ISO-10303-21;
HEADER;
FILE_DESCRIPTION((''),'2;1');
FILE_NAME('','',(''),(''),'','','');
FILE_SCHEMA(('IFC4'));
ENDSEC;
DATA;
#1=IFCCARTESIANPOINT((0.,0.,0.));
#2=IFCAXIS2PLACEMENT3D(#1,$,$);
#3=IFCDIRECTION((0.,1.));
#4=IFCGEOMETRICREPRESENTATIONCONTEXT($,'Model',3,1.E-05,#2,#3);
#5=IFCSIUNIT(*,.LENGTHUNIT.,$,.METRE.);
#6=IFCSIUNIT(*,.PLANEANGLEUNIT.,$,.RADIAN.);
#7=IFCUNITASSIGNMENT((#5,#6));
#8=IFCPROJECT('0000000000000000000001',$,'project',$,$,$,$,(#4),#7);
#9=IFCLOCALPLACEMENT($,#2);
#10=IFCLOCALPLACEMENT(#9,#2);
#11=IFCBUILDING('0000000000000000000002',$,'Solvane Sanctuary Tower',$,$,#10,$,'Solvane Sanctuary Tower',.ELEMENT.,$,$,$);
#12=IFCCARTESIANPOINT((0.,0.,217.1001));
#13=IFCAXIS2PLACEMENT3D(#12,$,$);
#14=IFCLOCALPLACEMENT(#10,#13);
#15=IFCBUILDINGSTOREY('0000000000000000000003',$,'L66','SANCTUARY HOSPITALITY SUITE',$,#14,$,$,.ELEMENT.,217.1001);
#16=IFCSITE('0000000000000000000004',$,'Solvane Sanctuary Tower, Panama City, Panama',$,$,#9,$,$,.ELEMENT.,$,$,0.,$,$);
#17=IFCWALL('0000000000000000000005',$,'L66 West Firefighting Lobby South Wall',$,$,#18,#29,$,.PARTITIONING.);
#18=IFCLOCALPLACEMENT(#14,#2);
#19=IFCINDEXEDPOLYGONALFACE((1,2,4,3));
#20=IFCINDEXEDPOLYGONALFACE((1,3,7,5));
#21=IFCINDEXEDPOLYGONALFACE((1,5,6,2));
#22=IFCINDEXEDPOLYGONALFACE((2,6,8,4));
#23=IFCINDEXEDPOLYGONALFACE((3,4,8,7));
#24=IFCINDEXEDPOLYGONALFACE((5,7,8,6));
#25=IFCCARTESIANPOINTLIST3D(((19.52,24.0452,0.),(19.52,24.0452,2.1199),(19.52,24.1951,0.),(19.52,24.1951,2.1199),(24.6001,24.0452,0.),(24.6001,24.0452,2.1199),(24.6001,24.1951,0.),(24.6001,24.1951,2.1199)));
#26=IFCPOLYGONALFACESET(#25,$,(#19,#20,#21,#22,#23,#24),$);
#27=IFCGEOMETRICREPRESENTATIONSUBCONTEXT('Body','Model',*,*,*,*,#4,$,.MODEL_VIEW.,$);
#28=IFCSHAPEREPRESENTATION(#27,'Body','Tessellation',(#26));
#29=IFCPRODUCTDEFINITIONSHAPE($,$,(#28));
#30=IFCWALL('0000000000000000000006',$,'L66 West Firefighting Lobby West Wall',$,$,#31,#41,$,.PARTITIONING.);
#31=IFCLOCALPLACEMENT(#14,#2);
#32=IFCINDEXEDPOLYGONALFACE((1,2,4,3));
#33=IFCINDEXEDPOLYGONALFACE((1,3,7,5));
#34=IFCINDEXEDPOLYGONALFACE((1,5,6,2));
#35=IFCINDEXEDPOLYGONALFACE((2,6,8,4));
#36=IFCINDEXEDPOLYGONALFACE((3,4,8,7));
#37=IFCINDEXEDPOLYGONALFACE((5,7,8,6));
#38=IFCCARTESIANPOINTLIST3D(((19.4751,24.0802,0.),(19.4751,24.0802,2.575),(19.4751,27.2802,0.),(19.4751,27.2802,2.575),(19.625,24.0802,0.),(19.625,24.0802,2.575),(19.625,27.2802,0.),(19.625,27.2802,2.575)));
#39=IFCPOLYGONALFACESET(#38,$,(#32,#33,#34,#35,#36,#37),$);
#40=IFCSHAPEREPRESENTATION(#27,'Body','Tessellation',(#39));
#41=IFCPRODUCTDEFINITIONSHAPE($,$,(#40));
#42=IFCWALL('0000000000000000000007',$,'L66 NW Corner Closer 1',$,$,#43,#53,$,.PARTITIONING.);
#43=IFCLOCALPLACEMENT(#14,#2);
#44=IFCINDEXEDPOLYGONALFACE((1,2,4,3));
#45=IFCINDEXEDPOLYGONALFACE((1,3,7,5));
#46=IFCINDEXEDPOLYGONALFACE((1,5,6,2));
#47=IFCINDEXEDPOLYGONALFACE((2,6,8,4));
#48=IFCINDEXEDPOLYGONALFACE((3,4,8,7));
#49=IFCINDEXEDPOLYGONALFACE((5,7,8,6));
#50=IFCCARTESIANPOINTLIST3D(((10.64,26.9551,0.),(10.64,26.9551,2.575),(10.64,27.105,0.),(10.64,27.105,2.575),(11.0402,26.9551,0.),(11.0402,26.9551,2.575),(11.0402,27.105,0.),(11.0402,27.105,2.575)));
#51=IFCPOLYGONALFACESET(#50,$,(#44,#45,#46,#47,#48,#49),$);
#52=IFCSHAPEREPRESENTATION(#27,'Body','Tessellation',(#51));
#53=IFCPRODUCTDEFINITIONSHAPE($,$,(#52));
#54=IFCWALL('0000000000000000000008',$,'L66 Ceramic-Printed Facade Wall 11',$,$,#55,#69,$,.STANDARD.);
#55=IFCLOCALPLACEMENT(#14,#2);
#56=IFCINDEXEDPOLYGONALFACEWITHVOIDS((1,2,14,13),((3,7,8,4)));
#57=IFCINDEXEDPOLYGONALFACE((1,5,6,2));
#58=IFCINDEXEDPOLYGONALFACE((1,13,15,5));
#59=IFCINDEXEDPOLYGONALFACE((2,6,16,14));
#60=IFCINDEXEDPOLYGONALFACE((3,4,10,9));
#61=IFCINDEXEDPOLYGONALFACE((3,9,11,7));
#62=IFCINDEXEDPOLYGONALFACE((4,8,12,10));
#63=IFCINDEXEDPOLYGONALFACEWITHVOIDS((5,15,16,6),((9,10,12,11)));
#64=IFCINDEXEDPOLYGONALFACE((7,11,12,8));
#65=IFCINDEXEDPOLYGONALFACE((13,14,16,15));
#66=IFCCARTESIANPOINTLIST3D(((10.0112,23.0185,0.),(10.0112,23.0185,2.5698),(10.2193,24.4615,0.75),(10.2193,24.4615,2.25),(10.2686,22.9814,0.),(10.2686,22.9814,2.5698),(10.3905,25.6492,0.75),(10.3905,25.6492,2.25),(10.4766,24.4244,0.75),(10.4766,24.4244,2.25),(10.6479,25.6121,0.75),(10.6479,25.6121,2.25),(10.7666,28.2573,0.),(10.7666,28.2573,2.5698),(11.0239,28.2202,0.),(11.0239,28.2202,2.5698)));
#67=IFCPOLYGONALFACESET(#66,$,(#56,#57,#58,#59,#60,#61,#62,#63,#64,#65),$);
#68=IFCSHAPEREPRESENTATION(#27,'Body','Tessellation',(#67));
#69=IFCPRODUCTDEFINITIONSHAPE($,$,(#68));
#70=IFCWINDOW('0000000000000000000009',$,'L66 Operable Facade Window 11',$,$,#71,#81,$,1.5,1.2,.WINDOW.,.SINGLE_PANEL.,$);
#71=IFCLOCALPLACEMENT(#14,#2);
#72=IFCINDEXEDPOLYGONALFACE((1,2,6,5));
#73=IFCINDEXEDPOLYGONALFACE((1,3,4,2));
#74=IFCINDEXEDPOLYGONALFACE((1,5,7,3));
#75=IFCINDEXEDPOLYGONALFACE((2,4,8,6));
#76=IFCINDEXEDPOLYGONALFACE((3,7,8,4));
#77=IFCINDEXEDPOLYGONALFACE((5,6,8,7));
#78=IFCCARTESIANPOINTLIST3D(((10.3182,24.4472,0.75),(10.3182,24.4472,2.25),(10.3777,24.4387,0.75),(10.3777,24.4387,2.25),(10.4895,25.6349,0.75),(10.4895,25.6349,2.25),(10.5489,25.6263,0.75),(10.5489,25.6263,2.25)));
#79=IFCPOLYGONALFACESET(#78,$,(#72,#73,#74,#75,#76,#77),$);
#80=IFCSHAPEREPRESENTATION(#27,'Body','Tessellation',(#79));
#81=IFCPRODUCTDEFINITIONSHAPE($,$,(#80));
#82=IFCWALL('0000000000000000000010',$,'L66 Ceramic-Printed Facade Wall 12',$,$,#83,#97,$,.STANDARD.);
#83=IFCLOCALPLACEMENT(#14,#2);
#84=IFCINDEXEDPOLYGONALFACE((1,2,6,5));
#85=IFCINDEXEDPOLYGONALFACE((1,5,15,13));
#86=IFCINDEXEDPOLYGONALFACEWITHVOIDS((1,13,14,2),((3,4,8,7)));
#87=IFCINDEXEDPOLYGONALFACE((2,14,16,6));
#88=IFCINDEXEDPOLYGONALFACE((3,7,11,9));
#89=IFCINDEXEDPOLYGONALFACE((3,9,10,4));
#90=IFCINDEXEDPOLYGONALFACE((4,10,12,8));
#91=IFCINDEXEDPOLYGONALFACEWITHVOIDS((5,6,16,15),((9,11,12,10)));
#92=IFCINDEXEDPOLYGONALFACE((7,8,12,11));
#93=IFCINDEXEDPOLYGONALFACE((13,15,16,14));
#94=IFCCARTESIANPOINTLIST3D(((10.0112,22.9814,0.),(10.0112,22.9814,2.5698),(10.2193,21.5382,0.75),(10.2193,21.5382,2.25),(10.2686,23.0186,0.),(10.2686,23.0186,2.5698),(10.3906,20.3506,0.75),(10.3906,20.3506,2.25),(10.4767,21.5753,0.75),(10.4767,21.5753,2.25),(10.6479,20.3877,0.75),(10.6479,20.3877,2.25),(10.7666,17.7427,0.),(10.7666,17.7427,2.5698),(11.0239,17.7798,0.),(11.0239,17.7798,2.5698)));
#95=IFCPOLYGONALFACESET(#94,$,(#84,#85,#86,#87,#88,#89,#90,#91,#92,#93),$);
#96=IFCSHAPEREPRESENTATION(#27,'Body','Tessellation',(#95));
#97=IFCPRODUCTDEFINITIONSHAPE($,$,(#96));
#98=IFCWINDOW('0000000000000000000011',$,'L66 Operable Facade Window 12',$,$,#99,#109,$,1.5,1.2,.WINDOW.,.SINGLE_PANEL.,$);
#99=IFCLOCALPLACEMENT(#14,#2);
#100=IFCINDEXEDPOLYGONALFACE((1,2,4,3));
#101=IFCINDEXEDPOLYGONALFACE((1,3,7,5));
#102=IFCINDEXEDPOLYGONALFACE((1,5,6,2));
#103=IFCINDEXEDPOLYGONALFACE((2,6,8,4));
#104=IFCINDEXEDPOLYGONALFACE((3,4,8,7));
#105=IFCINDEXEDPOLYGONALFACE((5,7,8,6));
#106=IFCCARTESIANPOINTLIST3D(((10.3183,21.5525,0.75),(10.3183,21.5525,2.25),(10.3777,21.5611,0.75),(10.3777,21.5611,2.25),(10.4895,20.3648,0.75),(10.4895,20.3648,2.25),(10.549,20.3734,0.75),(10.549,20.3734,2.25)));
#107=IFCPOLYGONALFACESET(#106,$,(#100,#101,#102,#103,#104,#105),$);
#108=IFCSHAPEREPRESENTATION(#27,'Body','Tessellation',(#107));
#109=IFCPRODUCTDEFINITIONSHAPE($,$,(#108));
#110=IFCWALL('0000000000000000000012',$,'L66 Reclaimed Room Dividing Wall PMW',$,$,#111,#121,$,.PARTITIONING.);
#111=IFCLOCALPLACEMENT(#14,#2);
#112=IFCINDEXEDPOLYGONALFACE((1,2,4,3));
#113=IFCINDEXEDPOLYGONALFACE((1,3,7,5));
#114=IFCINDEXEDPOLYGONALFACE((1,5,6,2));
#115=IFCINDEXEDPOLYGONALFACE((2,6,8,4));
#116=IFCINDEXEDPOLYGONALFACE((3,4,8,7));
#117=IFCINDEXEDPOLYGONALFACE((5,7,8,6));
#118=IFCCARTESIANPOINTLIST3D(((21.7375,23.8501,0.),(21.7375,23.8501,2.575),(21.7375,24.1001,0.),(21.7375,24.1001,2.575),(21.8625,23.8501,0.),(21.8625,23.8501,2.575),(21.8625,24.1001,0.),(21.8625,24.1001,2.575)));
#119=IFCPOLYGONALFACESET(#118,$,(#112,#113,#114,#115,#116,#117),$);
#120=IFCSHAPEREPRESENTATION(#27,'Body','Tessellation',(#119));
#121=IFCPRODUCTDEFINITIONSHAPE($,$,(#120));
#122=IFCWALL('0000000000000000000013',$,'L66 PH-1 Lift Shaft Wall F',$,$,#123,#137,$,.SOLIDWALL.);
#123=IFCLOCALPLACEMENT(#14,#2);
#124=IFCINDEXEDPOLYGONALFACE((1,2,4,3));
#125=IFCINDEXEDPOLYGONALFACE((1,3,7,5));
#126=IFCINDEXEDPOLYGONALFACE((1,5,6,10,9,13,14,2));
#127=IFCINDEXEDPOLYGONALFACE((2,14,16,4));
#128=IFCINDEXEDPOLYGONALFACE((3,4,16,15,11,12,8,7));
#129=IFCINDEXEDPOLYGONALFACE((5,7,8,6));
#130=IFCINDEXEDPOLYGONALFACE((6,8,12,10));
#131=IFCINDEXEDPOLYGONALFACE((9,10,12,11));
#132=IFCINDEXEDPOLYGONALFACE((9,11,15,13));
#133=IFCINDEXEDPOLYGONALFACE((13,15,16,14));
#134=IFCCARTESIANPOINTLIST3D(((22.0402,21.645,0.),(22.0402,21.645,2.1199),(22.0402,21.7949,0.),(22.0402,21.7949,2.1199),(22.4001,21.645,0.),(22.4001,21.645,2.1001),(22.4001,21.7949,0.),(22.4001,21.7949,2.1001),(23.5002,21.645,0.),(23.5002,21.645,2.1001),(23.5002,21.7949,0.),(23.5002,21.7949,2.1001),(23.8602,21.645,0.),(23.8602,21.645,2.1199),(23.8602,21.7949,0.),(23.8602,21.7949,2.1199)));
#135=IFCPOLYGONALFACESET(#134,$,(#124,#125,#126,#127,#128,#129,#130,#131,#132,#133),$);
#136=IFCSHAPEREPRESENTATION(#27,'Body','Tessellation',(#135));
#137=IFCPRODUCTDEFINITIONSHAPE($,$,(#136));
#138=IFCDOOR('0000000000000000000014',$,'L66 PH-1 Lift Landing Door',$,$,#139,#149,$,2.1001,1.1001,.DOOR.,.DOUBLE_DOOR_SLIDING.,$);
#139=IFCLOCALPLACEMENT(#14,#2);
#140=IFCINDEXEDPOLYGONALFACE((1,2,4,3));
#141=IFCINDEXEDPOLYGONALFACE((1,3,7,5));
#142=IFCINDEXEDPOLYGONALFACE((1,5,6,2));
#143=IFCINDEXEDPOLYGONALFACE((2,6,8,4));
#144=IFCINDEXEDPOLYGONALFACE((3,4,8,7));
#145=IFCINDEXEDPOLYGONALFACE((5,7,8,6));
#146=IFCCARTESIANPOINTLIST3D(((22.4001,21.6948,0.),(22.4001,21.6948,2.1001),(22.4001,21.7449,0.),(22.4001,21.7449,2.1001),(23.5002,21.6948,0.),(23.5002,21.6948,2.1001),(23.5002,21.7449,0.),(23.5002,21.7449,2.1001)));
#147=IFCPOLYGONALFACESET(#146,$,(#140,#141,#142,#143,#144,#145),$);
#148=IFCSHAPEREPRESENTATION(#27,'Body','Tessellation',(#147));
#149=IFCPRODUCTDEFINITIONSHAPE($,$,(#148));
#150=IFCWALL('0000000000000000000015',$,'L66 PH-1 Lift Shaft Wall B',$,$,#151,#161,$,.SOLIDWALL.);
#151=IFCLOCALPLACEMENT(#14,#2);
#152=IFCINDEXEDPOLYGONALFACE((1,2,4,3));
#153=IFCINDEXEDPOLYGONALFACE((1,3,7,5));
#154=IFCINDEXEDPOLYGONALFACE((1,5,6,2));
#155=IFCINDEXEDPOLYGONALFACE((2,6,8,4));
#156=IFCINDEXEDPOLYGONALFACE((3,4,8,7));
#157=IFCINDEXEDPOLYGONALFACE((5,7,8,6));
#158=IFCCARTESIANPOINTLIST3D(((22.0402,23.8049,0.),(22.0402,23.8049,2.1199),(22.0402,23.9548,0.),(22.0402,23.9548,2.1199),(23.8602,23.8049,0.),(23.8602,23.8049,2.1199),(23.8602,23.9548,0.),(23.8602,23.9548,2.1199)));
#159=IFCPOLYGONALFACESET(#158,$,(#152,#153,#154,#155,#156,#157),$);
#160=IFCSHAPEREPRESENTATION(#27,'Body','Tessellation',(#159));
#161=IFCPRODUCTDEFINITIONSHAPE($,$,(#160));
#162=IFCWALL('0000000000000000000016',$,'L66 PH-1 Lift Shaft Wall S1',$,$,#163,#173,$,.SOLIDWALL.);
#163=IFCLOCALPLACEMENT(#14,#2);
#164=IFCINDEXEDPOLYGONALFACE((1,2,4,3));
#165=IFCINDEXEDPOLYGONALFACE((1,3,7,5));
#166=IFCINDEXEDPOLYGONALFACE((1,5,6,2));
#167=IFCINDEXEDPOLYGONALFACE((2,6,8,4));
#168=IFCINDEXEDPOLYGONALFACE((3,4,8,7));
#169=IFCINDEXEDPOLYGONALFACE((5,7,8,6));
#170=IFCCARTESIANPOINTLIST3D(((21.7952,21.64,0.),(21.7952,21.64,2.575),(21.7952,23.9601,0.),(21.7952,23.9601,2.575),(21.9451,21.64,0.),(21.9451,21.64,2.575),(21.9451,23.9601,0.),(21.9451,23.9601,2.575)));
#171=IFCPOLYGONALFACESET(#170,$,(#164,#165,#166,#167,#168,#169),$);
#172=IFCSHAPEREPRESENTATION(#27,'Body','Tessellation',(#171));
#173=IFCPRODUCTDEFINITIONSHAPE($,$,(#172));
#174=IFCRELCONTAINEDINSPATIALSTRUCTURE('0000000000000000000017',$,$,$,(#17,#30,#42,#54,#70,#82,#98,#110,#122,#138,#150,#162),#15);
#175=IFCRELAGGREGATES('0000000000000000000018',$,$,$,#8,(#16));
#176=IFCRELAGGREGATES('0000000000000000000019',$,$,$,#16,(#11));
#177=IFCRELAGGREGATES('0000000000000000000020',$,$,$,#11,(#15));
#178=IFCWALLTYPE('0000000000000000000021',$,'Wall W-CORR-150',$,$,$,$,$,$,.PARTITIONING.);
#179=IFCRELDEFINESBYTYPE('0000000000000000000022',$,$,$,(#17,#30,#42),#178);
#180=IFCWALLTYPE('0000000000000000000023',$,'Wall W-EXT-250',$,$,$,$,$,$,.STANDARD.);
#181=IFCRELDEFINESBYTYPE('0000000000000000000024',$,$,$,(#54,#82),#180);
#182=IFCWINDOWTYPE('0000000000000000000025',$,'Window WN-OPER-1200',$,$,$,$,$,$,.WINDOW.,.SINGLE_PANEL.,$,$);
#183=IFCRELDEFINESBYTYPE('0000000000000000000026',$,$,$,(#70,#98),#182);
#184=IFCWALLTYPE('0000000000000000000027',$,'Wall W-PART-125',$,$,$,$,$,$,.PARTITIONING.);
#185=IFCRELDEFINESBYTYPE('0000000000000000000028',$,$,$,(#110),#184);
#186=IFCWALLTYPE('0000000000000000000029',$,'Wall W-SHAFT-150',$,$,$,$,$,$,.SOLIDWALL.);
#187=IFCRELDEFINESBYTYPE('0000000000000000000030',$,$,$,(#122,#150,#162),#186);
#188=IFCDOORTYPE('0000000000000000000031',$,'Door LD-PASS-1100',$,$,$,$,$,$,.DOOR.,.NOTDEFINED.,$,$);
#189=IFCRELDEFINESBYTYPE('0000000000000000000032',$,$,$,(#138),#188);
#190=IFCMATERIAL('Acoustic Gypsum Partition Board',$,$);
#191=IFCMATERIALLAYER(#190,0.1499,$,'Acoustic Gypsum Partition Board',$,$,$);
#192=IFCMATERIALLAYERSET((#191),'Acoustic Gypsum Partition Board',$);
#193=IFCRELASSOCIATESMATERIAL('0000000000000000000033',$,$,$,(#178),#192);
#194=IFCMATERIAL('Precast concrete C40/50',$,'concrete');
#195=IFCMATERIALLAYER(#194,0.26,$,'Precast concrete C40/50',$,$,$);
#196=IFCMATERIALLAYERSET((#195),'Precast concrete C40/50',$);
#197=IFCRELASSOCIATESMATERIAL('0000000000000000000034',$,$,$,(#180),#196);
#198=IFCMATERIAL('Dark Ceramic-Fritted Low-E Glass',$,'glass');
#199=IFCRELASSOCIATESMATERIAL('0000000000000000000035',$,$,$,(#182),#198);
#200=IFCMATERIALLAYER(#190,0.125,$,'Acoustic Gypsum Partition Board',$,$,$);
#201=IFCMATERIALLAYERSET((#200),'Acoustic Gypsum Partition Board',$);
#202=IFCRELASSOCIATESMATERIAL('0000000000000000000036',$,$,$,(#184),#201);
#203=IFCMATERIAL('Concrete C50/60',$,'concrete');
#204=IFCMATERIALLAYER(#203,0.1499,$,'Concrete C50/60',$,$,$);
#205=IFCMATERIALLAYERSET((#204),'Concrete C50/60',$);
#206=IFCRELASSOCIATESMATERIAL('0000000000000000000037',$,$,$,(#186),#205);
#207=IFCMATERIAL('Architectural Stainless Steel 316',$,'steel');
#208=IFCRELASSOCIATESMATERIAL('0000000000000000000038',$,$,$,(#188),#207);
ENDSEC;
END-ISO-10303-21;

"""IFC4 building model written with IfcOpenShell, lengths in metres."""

from ifc_helpers import new_model, si_unit, direction, frame, frame_2d, origin, place, context, subcontext, project, spatial, rectangle, extrude, material, layer, layer_set, type_object, element, fill, save


model = new_model("IFC4")

# Units and contexts
model_context = context("Model", 3, precision=1e-05, world=origin(), true_north=direction((0.0, 1.0)))
body_context = subcontext(model_context, "Body", "Model", "MODEL_VIEW")
ifc_project = project(units=[si_unit("LENGTHUNIT", "METRE"), si_unit("PLANEANGLEUNIT", "RADIAN")], contexts=[model_context])

# Site, building, storey
site_placement = place(None, origin())
site = spatial("IfcSite", under=ifc_project, at=site_placement, Name="Solvane Sanctuary Tower, Panama City, Panama", CompositionType="ELEMENT", RefElevation=0.0)
building_placement = place(site_placement, origin())
building = spatial("IfcBuilding", under=site, at=building_placement, Name="Solvane Sanctuary Tower", LongName="Solvane Sanctuary Tower", CompositionType="ELEMENT")
storey_placement = place(building_placement, frame((0.0, 0.0, 217.1001)))
storey = spatial("IfcBuildingStorey", under=building, at=storey_placement, Name="L66", Description="SANCTUARY HOSPITALITY SUITE", CompositionType="ELEMENT", Elevation=217.1001)

# Walls
ifc_material_1 = material(Name="Acoustic Gypsum Partition Board")
ifc_layer_1 = layer(ifc_material_1, 0.1499, Name="Acoustic Gypsum Partition Board")
ifc_layer_set_1 = layer_set([ifc_layer_1], Name="Acoustic Gypsum Partition Board")
wall_type_1 = type_object("IfcWallType", Name="Wall W-CORR-150", PredefinedType="PARTITIONING", material=ifc_layer_set_1)
wall_1_placement = place(storey_placement, frame((19.52, 24.1201, 0.0), z_axis=(0.0, 0.0, 1.0), x_axis=(1.0, 0.0, 0.0)))
element("IfcWall", 1, at=wall_1_placement, inside=storey, type_object=wall_type_1, Name="L66 West Firefighting Lobby South Wall", PredefinedType="PARTITIONING", context=body_context, shape_type="SweptSolid", body=[
    extrude(rectangle(XDim=5.0801, YDim=0.1499, at=frame_2d((2.54, 0.0))), origin(), (0.0, 0.0, 1.0), 2.1199),
])
wall_2_placement = place(storey_placement, frame((19.55, 24.0801, 0.0), z_axis=(0.0, 0.0, 1.0), x_axis=(0.0, 1.0, 0.0)))
element("IfcWall", 2, at=wall_2_placement, inside=storey, type_object=wall_type_1, Name="L66 West Firefighting Lobby West Wall", PredefinedType="PARTITIONING", context=body_context, shape_type="SweptSolid", body=[
    extrude(rectangle(XDim=3.2, YDim=0.1499, at=frame_2d((1.6001, 0.0))), origin(), (0.0, 0.0, 1.0), 2.575),
])
wall_3_placement = place(storey_placement, frame((10.6399, 27.03, 0.0), z_axis=(0.0, 0.0, 1.0), x_axis=(1.0, 0.0, 0.0)))
element("IfcWall", 3, at=wall_3_placement, inside=storey, type_object=wall_type_1, Name="L66 NW Corner Closer 1", PredefinedType="PARTITIONING", context=body_context, shape_type="SweptSolid", body=[
    extrude(rectangle(XDim=0.4001, YDim=0.1499, at=frame_2d((0.2002, 0.0))), origin(), (0.0, 0.0, 1.0), 2.575),
])

# Walls, openings, windows
ifc_material_2 = material(Name="Precast concrete C40/50", Category="concrete")
ifc_layer_2 = layer(ifc_material_2, 0.26, Name="Precast concrete C40/50")
ifc_layer_set_2 = layer_set([ifc_layer_2], Name="Precast concrete C40/50")
wall_type_2 = type_object("IfcWallType", Name="Wall W-EXT-250", PredefinedType="STANDARD", material=ifc_layer_set_2)
wall_4_placement = place(storey_placement, frame((10.8953, 28.2388, 0.0), z_axis=(0.0, 0.0, 1.0), x_axis=(-0.142713, -0.989764, 0.0)))
wall_4 = element("IfcWall", 4, at=wall_4_placement, inside=storey, type_object=wall_type_2, Name="L66 Ceramic-Printed Facade Wall 11", PredefinedType="STANDARD", context=body_context, shape_type="SweptSolid", body=[
    extrude(rectangle(XDim=5.293, YDim=0.26, at=frame_2d((2.6465, 0.0))), origin(), (0.0, 0.0, 1.0), 2.5698),
])
opening_1_placement = place(wall_4_placement, frame((2.635, 0.0, 0.75)))
opening_1 = element("IfcOpeningElement", 5, at=opening_1_placement, cuts=wall_4, PredefinedType="OPENING", context=body_context, shape_type="SweptSolid", body=[
    extrude(rectangle(XDim=1.2, YDim=1.5, at=frame_2d((0.6001, 0.75))), frame((0.0, 0.1399, 0.0), z_axis=(0.0, -1.0, 0.0), x_axis=(1.0, 0.0, 0.0)), (0.0, 0.0, 1.0), 0.28),
])
ifc_material_3 = material(Name="Dark Ceramic-Fritted Low-E Glass", Category="glass")
window_type = type_object("IfcWindowType", Name="Window WN-OPER-1200", PartitioningType="SINGLE_PANEL", PredefinedType="WINDOW", material=ifc_material_3)
window_1_placement = place(opening_1_placement, origin())
window_1 = element("IfcWindow", 6, at=window_1_placement, inside=storey, type_object=window_type, Name="L66 Operable Facade Window 11", OverallHeight=1.5, OverallWidth=1.2, PartitioningType="SINGLE_PANEL", PredefinedType="WINDOW", context=body_context, shape_type="SweptSolid", body=[
    extrude(rectangle(XDim=1.2, YDim=1.5, at=frame_2d((0.6001, 0.75))), frame((0.0, 0.03, 0.0), z_axis=(0.0, -1.0, 0.0), x_axis=(1.0, 0.0, 0.0)), (0.0, 0.0, 1.0), 0.0601),
])
fill(opening_1, window_1)
wall_5_placement = place(storey_placement, frame((10.1399, 23.0, 0.0), z_axis=(0.0, 0.0, 1.0), x_axis=(0.142713, -0.989764, 0.0)))
wall_5 = element("IfcWall", 7, at=wall_5_placement, inside=storey, type_object=wall_type_2, Name="L66 Ceramic-Printed Facade Wall 12", PredefinedType="STANDARD", context=body_context, shape_type="SweptSolid", body=[
    extrude(rectangle(XDim=5.293, YDim=0.26, at=frame_2d((2.6465, 0.0))), origin(), (0.0, 0.0, 1.0), 2.5698),
])
opening_2_placement = place(wall_5_placement, frame((1.458, 0.0, 0.75)))
opening_2 = element("IfcOpeningElement", 8, at=opening_2_placement, cuts=wall_5, PredefinedType="OPENING", context=body_context, shape_type="SweptSolid", body=[
    extrude(rectangle(XDim=1.2, YDim=1.5, at=frame_2d((0.6001, 0.75))), frame((0.0, 0.1399, 0.0), z_axis=(0.0, -1.0, 0.0), x_axis=(1.0, 0.0, 0.0)), (0.0, 0.0, 1.0), 0.28),
])
window_2_placement = place(opening_2_placement, origin())
window_2 = element("IfcWindow", 9, at=window_2_placement, inside=storey, type_object=window_type, Name="L66 Operable Facade Window 12", OverallHeight=1.5, OverallWidth=1.2, PartitioningType="SINGLE_PANEL", PredefinedType="WINDOW", context=body_context, shape_type="SweptSolid", body=[
    extrude(rectangle(XDim=1.2, YDim=1.5, at=frame_2d((0.6001, 0.75))), frame((0.0, 0.03, 0.0), z_axis=(0.0, -1.0, 0.0), x_axis=(1.0, 0.0, 0.0)), (0.0, 0.0, 1.0), 0.0601),
])
fill(opening_2, window_2)

# Wall
ifc_layer_3 = layer(ifc_material_1, 0.125, Name="Acoustic Gypsum Partition Board")
ifc_layer_set_3 = layer_set([ifc_layer_3], Name="Acoustic Gypsum Partition Board")
wall_type_3 = type_object("IfcWallType", Name="Wall W-PART-125", PredefinedType="PARTITIONING", material=ifc_layer_set_3)
wall_6_placement = place(storey_placement, frame((21.8, 23.8501, 0.0), z_axis=(0.0, 0.0, 1.0), x_axis=(0.0, 1.0, 0.0)))
element("IfcWall", 10, at=wall_6_placement, inside=storey, type_object=wall_type_3, Name="L66 Reclaimed Room Dividing Wall PMW", PredefinedType="PARTITIONING", context=body_context, shape_type="SweptSolid", body=[
    extrude(rectangle(XDim=0.25, YDim=0.125, at=frame_2d((0.125, 0.0))), origin(), (0.0, 0.0, 1.0), 2.575),
])

# Wall, opening, door
ifc_material_4 = material(Name="Concrete C50/60", Category="concrete")
ifc_layer_4 = layer(ifc_material_4, 0.1499, Name="Concrete C50/60")
ifc_layer_set_4 = layer_set([ifc_layer_4], Name="Concrete C50/60")
wall_type_4 = type_object("IfcWallType", Name="Wall W-SHAFT-150", PredefinedType="SOLIDWALL", material=ifc_layer_set_4)
wall_7_placement = place(storey_placement, frame((22.04, 21.72, 0.0), z_axis=(0.0, 0.0, 1.0), x_axis=(1.0, 0.0, 0.0)))
wall_7 = element("IfcWall", 11, at=wall_7_placement, inside=storey, type_object=wall_type_4, Name="L66 PH-1 Lift Shaft Wall F", PredefinedType="SOLIDWALL", context=body_context, shape_type="SweptSolid", body=[
    extrude(rectangle(XDim=1.8201, YDim=0.1499, at=frame_2d((0.9102, 0.0))), origin(), (0.0, 0.0, 1.0), 2.1199),
])
opening_3_placement = place(wall_7_placement, frame((0.3601, 0.0, 0.0)))
opening_3 = element("IfcOpeningElement", 12, at=opening_3_placement, cuts=wall_7, PredefinedType="OPENING", context=body_context, shape_type="SweptSolid", body=[
    extrude(rectangle(XDim=1.1001, YDim=2.1001, at=frame_2d((0.55, 1.05))), frame((0.0, 0.085, 0.0), z_axis=(0.0, -1.0, 0.0), x_axis=(1.0, 0.0, 0.0)), (0.0, 0.0, 1.0), 0.1699),
])
ifc_material_5 = material(Name="Architectural Stainless Steel 316", Category="steel")
door_type_1 = type_object("IfcDoorType", Name="Door LD-PASS-1100", OperationType="NOTDEFINED", PredefinedType="DOOR", material=ifc_material_5)
door_1_placement = place(opening_3_placement, origin())
door_1 = element("IfcDoor", 13, at=door_1_placement, inside=storey, type_object=door_type_1, Name="L66 PH-1 Lift Landing Door", OperationType="DOUBLE_DOOR_SLIDING", OverallHeight=2.1001, OverallWidth=1.1001, PredefinedType="DOOR", context=body_context, shape_type="SweptSolid", body=[
    extrude(rectangle(XDim=1.1001, YDim=2.1001, at=frame_2d((0.55, 1.05))), frame((0.0, 0.0249, 0.0), z_axis=(0.0, -1.0, 0.0), x_axis=(1.0, 0.0, 0.0)), (0.0, 0.0, 1.0), 0.05),
])
fill(opening_3, door_1)

# Walls
wall_8_placement = place(storey_placement, frame((22.04, 23.8799, 0.0), z_axis=(0.0, 0.0, 1.0), x_axis=(1.0, 0.0, 0.0)))
element("IfcWall", 14, at=wall_8_placement, inside=storey, type_object=wall_type_4, Name="L66 PH-1 Lift Shaft Wall B", PredefinedType="SOLIDWALL", context=body_context, shape_type="SweptSolid", body=[
    extrude(rectangle(XDim=1.8201, YDim=0.1499, at=frame_2d((0.9102, 0.0))), origin(), (0.0, 0.0, 1.0), 2.1199),
])
wall_9_placement = place(storey_placement, frame((21.8701, 21.6399, 0.0), z_axis=(0.0, 0.0, 1.0), x_axis=(0.0, 1.0, 0.0)))
element("IfcWall", 15, at=wall_9_placement, inside=storey, type_object=wall_type_4, Name="L66 PH-1 Lift Shaft Wall S1", PredefinedType="SOLIDWALL", context=body_context, shape_type="SweptSolid", body=[
    extrude(rectangle(XDim=2.3201, YDim=0.1499, at=frame_2d((1.1602, 0.0))), origin(), (0.0, 0.0, 1.0), 2.575),
])

save(model, "model.ifc")
